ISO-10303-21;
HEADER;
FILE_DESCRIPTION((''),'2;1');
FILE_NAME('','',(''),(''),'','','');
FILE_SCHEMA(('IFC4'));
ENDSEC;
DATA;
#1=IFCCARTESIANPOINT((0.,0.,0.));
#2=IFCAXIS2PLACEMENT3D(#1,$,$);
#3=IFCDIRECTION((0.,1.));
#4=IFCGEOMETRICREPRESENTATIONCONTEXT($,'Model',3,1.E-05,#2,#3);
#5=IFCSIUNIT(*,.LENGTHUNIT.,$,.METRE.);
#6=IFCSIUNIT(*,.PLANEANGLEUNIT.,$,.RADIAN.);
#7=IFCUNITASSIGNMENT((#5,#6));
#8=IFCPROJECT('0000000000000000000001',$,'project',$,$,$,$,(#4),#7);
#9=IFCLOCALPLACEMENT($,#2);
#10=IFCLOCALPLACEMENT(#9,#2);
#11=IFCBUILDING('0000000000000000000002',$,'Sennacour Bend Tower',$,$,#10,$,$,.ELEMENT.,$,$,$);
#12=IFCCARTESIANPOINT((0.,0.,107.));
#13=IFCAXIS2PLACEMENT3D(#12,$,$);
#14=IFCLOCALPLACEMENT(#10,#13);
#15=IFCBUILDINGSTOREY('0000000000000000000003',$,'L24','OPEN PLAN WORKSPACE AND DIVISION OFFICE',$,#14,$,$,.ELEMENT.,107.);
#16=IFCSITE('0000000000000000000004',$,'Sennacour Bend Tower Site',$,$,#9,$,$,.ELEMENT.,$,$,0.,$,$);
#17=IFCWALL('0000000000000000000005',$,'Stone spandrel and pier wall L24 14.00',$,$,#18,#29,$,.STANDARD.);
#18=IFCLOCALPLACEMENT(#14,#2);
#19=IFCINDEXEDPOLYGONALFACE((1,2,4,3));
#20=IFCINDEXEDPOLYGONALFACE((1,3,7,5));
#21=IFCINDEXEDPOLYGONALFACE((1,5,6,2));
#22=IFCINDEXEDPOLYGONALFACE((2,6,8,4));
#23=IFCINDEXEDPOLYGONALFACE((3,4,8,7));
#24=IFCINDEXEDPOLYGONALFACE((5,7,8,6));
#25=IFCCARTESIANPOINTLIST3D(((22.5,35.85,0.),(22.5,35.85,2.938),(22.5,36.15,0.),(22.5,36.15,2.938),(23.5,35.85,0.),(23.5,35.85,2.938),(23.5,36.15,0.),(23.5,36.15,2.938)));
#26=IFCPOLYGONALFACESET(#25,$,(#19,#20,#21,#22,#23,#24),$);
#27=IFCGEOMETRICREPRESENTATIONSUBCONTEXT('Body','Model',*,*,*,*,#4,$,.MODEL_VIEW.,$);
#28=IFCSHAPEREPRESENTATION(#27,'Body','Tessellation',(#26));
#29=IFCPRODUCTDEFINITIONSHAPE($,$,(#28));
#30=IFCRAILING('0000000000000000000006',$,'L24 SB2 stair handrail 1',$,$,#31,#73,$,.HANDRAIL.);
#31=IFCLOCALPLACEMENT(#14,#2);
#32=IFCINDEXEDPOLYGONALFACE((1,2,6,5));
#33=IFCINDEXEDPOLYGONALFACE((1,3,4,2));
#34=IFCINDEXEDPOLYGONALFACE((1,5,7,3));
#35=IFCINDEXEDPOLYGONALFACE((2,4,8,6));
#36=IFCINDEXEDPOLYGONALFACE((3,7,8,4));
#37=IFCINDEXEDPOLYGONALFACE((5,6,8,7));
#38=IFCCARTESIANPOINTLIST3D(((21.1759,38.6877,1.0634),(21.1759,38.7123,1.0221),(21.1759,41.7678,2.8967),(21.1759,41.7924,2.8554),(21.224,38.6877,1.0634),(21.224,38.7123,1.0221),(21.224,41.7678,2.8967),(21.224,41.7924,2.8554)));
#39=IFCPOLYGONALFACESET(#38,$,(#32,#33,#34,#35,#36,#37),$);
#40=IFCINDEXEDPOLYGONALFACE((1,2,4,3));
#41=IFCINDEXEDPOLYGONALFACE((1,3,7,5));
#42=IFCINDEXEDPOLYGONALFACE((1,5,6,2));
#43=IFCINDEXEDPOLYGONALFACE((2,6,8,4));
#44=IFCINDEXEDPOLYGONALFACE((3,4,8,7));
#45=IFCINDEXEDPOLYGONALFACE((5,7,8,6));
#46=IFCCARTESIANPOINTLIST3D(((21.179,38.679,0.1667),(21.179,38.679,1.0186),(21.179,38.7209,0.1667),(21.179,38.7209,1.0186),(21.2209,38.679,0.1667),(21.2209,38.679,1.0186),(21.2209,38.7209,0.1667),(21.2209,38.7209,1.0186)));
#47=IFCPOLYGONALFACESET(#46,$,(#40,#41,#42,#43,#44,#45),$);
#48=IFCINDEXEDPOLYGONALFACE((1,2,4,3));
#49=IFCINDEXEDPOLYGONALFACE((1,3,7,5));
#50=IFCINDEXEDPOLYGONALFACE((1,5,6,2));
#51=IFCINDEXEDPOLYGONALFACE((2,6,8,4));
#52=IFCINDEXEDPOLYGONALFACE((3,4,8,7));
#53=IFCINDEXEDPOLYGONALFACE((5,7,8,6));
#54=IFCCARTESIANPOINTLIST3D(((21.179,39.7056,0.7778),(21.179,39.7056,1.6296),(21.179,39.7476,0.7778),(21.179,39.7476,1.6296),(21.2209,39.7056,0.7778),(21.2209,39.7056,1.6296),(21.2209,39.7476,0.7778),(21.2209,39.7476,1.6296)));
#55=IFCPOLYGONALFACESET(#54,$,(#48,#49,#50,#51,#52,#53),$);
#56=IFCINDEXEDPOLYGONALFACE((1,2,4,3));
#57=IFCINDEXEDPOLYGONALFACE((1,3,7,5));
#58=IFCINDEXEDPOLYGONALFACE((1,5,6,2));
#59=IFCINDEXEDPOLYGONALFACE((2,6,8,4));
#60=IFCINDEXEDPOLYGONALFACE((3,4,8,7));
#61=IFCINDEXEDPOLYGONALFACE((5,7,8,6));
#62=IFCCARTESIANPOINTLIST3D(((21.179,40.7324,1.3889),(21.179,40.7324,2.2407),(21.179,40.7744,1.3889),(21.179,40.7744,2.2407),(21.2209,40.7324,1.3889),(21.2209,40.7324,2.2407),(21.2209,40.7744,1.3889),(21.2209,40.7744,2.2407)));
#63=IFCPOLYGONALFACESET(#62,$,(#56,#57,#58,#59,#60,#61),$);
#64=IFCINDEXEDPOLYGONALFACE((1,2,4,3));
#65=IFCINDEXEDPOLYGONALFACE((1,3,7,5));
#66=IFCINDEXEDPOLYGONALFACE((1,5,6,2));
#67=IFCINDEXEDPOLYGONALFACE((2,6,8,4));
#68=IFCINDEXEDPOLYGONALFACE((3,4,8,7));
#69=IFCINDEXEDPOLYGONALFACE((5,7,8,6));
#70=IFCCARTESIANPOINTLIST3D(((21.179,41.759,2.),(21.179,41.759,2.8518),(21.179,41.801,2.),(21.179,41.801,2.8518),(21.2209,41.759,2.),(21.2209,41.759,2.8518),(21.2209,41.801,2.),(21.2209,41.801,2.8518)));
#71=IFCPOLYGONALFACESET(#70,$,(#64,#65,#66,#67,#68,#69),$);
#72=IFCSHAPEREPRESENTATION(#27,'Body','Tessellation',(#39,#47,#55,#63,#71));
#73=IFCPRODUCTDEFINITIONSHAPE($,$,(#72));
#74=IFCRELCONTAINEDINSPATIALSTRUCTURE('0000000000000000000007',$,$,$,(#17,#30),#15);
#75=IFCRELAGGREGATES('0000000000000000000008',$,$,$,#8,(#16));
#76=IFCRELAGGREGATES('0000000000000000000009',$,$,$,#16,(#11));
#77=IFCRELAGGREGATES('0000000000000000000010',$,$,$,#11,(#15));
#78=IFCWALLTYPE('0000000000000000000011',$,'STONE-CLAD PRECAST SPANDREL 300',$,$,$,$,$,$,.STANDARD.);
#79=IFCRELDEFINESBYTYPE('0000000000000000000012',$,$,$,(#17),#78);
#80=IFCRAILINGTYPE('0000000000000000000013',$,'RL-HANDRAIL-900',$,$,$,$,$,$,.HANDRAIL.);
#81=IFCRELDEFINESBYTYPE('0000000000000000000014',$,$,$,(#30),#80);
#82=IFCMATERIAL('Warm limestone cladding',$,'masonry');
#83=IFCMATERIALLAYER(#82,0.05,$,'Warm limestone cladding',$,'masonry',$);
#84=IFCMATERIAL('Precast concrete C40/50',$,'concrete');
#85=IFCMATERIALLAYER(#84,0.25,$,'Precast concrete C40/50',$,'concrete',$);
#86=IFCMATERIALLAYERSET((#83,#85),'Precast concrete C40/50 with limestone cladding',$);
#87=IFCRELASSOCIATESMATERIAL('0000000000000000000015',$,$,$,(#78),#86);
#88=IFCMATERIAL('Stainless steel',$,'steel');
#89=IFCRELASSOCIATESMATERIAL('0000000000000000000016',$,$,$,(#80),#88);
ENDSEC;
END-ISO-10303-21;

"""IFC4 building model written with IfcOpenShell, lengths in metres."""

from ifc_helpers import new_model, si_unit, direction, frame, frame_2d, origin, origin_2d, place, context, subcontext, project, spatial, rectangle, extrude, material, layer, layer_set, type_object, element, save


model = new_model("IFC4")

# Units and contexts
model_context = context("Model", 3, precision=1e-05, world=origin(), true_north=direction((0.0, 1.0)))
body_context = subcontext(model_context, "Body", "Model", "MODEL_VIEW")
ifc_project = project(units=[si_unit("LENGTHUNIT", "METRE"), si_unit("PLANEANGLEUNIT", "RADIAN")], contexts=[model_context])

# Site, building, storey
site_placement = place(None, origin())
site = spatial("IfcSite", under=ifc_project, at=site_placement, Name="Sennacour Bend Tower Site", CompositionType="ELEMENT", RefElevation=0.0)
building_placement = place(site_placement, origin())
building = spatial("IfcBuilding", under=site, at=building_placement, Name="Sennacour Bend Tower", CompositionType="ELEMENT")
storey_placement = place(building_placement, frame((0.0, 0.0, 107.0)))
storey = spatial("IfcBuildingStorey", under=building, at=storey_placement, Name="L24", Description="OPEN PLAN WORKSPACE AND DIVISION OFFICE", CompositionType="ELEMENT", Elevation=107.0)

# Shared definitions
ifc_material_1 = material(Name="Warm limestone cladding", Category="masonry")
ifc_layer_1 = layer(ifc_material_1, 0.05, Name="Warm limestone cladding", Category="masonry")
ifc_material_2 = material(Name="Precast concrete C40/50", Category="concrete")
ifc_layer_2 = layer(ifc_material_2, 0.25, Name="Precast concrete C40/50", Category="concrete")
ifc_layer_set_1 = layer_set([ifc_layer_1, ifc_layer_2], Name="Precast concrete C40/50 with limestone cladding")
wall_type_1 = type_object("IfcWallType", Name="STONE-CLAD PRECAST SPANDREL 300", PredefinedType="STANDARD", material=ifc_layer_set_1)

# Wall
wall_1_placement = place(storey_placement, frame((23.5, 36.0, 0.0), z_axis=(0.0, 0.0, 1.0), x_axis=(-1.0, 0.0, 0.0)))
element("IfcWall", 1, at=wall_1_placement, inside=storey, type_object=wall_type_1, Name="Stone spandrel and pier wall L24 14.00", PredefinedType="STANDARD", context=body_context, shape_type="SweptSolid", body=[
    extrude(rectangle(XDim=1.0, YDim=0.3, at=frame_2d((0.5, 0.0))), origin(), (0.0, 0.0, 1.0), 2.938),
])

# Railing
ifc_material_3 = material(Name="Stainless steel", Category="steel")
railing_type = type_object("IfcRailingType", Name="RL-HANDRAIL-900", PredefinedType="HANDRAIL", material=ifc_material_3)
railing_placement = place(storey_placement, frame((21.2, 38.7, 0.1667)))
element("IfcRailing", 2, at=railing_placement, inside=storey, type_object=railing_type, Name="L24 SB2 stair handrail 1", PredefinedType="HANDRAIL", context=body_context, shape_type="SweptSolid", body=[
    extrude(rectangle(XDim=0.0481, YDim=0.0481, at=origin_2d()), frame((0.0, 0.0, 0.876), z_axis=(0.0, 0.859309, 0.511458), x_axis=(-1.0, 0.0, 0.0)), (0.0, 0.0, 1.0), 3.5845),
    extrude(rectangle(XDim=0.042, YDim=0.042, at=origin_2d()), origin(), (0.0, 0.0, 1.0), 0.8518),
    extrude(rectangle(XDim=0.042, YDim=0.042, at=origin_2d()), frame((0.0, 1.0266, 0.6111)), (0.0, 0.0, 1.0), 0.8518),
    extrude(rectangle(XDim=0.042, YDim=0.042, at=origin_2d()), frame((0.0, 2.0535, 1.2222)), (0.0, 0.0, 1.0), 0.8518),
    extrude(rectangle(XDim=0.042, YDim=0.042, at=origin_2d()), frame((0.0, 3.0801, 1.8333)), (0.0, 0.0, 1.0), 0.8518),
])

save(model, "model.ifc")
